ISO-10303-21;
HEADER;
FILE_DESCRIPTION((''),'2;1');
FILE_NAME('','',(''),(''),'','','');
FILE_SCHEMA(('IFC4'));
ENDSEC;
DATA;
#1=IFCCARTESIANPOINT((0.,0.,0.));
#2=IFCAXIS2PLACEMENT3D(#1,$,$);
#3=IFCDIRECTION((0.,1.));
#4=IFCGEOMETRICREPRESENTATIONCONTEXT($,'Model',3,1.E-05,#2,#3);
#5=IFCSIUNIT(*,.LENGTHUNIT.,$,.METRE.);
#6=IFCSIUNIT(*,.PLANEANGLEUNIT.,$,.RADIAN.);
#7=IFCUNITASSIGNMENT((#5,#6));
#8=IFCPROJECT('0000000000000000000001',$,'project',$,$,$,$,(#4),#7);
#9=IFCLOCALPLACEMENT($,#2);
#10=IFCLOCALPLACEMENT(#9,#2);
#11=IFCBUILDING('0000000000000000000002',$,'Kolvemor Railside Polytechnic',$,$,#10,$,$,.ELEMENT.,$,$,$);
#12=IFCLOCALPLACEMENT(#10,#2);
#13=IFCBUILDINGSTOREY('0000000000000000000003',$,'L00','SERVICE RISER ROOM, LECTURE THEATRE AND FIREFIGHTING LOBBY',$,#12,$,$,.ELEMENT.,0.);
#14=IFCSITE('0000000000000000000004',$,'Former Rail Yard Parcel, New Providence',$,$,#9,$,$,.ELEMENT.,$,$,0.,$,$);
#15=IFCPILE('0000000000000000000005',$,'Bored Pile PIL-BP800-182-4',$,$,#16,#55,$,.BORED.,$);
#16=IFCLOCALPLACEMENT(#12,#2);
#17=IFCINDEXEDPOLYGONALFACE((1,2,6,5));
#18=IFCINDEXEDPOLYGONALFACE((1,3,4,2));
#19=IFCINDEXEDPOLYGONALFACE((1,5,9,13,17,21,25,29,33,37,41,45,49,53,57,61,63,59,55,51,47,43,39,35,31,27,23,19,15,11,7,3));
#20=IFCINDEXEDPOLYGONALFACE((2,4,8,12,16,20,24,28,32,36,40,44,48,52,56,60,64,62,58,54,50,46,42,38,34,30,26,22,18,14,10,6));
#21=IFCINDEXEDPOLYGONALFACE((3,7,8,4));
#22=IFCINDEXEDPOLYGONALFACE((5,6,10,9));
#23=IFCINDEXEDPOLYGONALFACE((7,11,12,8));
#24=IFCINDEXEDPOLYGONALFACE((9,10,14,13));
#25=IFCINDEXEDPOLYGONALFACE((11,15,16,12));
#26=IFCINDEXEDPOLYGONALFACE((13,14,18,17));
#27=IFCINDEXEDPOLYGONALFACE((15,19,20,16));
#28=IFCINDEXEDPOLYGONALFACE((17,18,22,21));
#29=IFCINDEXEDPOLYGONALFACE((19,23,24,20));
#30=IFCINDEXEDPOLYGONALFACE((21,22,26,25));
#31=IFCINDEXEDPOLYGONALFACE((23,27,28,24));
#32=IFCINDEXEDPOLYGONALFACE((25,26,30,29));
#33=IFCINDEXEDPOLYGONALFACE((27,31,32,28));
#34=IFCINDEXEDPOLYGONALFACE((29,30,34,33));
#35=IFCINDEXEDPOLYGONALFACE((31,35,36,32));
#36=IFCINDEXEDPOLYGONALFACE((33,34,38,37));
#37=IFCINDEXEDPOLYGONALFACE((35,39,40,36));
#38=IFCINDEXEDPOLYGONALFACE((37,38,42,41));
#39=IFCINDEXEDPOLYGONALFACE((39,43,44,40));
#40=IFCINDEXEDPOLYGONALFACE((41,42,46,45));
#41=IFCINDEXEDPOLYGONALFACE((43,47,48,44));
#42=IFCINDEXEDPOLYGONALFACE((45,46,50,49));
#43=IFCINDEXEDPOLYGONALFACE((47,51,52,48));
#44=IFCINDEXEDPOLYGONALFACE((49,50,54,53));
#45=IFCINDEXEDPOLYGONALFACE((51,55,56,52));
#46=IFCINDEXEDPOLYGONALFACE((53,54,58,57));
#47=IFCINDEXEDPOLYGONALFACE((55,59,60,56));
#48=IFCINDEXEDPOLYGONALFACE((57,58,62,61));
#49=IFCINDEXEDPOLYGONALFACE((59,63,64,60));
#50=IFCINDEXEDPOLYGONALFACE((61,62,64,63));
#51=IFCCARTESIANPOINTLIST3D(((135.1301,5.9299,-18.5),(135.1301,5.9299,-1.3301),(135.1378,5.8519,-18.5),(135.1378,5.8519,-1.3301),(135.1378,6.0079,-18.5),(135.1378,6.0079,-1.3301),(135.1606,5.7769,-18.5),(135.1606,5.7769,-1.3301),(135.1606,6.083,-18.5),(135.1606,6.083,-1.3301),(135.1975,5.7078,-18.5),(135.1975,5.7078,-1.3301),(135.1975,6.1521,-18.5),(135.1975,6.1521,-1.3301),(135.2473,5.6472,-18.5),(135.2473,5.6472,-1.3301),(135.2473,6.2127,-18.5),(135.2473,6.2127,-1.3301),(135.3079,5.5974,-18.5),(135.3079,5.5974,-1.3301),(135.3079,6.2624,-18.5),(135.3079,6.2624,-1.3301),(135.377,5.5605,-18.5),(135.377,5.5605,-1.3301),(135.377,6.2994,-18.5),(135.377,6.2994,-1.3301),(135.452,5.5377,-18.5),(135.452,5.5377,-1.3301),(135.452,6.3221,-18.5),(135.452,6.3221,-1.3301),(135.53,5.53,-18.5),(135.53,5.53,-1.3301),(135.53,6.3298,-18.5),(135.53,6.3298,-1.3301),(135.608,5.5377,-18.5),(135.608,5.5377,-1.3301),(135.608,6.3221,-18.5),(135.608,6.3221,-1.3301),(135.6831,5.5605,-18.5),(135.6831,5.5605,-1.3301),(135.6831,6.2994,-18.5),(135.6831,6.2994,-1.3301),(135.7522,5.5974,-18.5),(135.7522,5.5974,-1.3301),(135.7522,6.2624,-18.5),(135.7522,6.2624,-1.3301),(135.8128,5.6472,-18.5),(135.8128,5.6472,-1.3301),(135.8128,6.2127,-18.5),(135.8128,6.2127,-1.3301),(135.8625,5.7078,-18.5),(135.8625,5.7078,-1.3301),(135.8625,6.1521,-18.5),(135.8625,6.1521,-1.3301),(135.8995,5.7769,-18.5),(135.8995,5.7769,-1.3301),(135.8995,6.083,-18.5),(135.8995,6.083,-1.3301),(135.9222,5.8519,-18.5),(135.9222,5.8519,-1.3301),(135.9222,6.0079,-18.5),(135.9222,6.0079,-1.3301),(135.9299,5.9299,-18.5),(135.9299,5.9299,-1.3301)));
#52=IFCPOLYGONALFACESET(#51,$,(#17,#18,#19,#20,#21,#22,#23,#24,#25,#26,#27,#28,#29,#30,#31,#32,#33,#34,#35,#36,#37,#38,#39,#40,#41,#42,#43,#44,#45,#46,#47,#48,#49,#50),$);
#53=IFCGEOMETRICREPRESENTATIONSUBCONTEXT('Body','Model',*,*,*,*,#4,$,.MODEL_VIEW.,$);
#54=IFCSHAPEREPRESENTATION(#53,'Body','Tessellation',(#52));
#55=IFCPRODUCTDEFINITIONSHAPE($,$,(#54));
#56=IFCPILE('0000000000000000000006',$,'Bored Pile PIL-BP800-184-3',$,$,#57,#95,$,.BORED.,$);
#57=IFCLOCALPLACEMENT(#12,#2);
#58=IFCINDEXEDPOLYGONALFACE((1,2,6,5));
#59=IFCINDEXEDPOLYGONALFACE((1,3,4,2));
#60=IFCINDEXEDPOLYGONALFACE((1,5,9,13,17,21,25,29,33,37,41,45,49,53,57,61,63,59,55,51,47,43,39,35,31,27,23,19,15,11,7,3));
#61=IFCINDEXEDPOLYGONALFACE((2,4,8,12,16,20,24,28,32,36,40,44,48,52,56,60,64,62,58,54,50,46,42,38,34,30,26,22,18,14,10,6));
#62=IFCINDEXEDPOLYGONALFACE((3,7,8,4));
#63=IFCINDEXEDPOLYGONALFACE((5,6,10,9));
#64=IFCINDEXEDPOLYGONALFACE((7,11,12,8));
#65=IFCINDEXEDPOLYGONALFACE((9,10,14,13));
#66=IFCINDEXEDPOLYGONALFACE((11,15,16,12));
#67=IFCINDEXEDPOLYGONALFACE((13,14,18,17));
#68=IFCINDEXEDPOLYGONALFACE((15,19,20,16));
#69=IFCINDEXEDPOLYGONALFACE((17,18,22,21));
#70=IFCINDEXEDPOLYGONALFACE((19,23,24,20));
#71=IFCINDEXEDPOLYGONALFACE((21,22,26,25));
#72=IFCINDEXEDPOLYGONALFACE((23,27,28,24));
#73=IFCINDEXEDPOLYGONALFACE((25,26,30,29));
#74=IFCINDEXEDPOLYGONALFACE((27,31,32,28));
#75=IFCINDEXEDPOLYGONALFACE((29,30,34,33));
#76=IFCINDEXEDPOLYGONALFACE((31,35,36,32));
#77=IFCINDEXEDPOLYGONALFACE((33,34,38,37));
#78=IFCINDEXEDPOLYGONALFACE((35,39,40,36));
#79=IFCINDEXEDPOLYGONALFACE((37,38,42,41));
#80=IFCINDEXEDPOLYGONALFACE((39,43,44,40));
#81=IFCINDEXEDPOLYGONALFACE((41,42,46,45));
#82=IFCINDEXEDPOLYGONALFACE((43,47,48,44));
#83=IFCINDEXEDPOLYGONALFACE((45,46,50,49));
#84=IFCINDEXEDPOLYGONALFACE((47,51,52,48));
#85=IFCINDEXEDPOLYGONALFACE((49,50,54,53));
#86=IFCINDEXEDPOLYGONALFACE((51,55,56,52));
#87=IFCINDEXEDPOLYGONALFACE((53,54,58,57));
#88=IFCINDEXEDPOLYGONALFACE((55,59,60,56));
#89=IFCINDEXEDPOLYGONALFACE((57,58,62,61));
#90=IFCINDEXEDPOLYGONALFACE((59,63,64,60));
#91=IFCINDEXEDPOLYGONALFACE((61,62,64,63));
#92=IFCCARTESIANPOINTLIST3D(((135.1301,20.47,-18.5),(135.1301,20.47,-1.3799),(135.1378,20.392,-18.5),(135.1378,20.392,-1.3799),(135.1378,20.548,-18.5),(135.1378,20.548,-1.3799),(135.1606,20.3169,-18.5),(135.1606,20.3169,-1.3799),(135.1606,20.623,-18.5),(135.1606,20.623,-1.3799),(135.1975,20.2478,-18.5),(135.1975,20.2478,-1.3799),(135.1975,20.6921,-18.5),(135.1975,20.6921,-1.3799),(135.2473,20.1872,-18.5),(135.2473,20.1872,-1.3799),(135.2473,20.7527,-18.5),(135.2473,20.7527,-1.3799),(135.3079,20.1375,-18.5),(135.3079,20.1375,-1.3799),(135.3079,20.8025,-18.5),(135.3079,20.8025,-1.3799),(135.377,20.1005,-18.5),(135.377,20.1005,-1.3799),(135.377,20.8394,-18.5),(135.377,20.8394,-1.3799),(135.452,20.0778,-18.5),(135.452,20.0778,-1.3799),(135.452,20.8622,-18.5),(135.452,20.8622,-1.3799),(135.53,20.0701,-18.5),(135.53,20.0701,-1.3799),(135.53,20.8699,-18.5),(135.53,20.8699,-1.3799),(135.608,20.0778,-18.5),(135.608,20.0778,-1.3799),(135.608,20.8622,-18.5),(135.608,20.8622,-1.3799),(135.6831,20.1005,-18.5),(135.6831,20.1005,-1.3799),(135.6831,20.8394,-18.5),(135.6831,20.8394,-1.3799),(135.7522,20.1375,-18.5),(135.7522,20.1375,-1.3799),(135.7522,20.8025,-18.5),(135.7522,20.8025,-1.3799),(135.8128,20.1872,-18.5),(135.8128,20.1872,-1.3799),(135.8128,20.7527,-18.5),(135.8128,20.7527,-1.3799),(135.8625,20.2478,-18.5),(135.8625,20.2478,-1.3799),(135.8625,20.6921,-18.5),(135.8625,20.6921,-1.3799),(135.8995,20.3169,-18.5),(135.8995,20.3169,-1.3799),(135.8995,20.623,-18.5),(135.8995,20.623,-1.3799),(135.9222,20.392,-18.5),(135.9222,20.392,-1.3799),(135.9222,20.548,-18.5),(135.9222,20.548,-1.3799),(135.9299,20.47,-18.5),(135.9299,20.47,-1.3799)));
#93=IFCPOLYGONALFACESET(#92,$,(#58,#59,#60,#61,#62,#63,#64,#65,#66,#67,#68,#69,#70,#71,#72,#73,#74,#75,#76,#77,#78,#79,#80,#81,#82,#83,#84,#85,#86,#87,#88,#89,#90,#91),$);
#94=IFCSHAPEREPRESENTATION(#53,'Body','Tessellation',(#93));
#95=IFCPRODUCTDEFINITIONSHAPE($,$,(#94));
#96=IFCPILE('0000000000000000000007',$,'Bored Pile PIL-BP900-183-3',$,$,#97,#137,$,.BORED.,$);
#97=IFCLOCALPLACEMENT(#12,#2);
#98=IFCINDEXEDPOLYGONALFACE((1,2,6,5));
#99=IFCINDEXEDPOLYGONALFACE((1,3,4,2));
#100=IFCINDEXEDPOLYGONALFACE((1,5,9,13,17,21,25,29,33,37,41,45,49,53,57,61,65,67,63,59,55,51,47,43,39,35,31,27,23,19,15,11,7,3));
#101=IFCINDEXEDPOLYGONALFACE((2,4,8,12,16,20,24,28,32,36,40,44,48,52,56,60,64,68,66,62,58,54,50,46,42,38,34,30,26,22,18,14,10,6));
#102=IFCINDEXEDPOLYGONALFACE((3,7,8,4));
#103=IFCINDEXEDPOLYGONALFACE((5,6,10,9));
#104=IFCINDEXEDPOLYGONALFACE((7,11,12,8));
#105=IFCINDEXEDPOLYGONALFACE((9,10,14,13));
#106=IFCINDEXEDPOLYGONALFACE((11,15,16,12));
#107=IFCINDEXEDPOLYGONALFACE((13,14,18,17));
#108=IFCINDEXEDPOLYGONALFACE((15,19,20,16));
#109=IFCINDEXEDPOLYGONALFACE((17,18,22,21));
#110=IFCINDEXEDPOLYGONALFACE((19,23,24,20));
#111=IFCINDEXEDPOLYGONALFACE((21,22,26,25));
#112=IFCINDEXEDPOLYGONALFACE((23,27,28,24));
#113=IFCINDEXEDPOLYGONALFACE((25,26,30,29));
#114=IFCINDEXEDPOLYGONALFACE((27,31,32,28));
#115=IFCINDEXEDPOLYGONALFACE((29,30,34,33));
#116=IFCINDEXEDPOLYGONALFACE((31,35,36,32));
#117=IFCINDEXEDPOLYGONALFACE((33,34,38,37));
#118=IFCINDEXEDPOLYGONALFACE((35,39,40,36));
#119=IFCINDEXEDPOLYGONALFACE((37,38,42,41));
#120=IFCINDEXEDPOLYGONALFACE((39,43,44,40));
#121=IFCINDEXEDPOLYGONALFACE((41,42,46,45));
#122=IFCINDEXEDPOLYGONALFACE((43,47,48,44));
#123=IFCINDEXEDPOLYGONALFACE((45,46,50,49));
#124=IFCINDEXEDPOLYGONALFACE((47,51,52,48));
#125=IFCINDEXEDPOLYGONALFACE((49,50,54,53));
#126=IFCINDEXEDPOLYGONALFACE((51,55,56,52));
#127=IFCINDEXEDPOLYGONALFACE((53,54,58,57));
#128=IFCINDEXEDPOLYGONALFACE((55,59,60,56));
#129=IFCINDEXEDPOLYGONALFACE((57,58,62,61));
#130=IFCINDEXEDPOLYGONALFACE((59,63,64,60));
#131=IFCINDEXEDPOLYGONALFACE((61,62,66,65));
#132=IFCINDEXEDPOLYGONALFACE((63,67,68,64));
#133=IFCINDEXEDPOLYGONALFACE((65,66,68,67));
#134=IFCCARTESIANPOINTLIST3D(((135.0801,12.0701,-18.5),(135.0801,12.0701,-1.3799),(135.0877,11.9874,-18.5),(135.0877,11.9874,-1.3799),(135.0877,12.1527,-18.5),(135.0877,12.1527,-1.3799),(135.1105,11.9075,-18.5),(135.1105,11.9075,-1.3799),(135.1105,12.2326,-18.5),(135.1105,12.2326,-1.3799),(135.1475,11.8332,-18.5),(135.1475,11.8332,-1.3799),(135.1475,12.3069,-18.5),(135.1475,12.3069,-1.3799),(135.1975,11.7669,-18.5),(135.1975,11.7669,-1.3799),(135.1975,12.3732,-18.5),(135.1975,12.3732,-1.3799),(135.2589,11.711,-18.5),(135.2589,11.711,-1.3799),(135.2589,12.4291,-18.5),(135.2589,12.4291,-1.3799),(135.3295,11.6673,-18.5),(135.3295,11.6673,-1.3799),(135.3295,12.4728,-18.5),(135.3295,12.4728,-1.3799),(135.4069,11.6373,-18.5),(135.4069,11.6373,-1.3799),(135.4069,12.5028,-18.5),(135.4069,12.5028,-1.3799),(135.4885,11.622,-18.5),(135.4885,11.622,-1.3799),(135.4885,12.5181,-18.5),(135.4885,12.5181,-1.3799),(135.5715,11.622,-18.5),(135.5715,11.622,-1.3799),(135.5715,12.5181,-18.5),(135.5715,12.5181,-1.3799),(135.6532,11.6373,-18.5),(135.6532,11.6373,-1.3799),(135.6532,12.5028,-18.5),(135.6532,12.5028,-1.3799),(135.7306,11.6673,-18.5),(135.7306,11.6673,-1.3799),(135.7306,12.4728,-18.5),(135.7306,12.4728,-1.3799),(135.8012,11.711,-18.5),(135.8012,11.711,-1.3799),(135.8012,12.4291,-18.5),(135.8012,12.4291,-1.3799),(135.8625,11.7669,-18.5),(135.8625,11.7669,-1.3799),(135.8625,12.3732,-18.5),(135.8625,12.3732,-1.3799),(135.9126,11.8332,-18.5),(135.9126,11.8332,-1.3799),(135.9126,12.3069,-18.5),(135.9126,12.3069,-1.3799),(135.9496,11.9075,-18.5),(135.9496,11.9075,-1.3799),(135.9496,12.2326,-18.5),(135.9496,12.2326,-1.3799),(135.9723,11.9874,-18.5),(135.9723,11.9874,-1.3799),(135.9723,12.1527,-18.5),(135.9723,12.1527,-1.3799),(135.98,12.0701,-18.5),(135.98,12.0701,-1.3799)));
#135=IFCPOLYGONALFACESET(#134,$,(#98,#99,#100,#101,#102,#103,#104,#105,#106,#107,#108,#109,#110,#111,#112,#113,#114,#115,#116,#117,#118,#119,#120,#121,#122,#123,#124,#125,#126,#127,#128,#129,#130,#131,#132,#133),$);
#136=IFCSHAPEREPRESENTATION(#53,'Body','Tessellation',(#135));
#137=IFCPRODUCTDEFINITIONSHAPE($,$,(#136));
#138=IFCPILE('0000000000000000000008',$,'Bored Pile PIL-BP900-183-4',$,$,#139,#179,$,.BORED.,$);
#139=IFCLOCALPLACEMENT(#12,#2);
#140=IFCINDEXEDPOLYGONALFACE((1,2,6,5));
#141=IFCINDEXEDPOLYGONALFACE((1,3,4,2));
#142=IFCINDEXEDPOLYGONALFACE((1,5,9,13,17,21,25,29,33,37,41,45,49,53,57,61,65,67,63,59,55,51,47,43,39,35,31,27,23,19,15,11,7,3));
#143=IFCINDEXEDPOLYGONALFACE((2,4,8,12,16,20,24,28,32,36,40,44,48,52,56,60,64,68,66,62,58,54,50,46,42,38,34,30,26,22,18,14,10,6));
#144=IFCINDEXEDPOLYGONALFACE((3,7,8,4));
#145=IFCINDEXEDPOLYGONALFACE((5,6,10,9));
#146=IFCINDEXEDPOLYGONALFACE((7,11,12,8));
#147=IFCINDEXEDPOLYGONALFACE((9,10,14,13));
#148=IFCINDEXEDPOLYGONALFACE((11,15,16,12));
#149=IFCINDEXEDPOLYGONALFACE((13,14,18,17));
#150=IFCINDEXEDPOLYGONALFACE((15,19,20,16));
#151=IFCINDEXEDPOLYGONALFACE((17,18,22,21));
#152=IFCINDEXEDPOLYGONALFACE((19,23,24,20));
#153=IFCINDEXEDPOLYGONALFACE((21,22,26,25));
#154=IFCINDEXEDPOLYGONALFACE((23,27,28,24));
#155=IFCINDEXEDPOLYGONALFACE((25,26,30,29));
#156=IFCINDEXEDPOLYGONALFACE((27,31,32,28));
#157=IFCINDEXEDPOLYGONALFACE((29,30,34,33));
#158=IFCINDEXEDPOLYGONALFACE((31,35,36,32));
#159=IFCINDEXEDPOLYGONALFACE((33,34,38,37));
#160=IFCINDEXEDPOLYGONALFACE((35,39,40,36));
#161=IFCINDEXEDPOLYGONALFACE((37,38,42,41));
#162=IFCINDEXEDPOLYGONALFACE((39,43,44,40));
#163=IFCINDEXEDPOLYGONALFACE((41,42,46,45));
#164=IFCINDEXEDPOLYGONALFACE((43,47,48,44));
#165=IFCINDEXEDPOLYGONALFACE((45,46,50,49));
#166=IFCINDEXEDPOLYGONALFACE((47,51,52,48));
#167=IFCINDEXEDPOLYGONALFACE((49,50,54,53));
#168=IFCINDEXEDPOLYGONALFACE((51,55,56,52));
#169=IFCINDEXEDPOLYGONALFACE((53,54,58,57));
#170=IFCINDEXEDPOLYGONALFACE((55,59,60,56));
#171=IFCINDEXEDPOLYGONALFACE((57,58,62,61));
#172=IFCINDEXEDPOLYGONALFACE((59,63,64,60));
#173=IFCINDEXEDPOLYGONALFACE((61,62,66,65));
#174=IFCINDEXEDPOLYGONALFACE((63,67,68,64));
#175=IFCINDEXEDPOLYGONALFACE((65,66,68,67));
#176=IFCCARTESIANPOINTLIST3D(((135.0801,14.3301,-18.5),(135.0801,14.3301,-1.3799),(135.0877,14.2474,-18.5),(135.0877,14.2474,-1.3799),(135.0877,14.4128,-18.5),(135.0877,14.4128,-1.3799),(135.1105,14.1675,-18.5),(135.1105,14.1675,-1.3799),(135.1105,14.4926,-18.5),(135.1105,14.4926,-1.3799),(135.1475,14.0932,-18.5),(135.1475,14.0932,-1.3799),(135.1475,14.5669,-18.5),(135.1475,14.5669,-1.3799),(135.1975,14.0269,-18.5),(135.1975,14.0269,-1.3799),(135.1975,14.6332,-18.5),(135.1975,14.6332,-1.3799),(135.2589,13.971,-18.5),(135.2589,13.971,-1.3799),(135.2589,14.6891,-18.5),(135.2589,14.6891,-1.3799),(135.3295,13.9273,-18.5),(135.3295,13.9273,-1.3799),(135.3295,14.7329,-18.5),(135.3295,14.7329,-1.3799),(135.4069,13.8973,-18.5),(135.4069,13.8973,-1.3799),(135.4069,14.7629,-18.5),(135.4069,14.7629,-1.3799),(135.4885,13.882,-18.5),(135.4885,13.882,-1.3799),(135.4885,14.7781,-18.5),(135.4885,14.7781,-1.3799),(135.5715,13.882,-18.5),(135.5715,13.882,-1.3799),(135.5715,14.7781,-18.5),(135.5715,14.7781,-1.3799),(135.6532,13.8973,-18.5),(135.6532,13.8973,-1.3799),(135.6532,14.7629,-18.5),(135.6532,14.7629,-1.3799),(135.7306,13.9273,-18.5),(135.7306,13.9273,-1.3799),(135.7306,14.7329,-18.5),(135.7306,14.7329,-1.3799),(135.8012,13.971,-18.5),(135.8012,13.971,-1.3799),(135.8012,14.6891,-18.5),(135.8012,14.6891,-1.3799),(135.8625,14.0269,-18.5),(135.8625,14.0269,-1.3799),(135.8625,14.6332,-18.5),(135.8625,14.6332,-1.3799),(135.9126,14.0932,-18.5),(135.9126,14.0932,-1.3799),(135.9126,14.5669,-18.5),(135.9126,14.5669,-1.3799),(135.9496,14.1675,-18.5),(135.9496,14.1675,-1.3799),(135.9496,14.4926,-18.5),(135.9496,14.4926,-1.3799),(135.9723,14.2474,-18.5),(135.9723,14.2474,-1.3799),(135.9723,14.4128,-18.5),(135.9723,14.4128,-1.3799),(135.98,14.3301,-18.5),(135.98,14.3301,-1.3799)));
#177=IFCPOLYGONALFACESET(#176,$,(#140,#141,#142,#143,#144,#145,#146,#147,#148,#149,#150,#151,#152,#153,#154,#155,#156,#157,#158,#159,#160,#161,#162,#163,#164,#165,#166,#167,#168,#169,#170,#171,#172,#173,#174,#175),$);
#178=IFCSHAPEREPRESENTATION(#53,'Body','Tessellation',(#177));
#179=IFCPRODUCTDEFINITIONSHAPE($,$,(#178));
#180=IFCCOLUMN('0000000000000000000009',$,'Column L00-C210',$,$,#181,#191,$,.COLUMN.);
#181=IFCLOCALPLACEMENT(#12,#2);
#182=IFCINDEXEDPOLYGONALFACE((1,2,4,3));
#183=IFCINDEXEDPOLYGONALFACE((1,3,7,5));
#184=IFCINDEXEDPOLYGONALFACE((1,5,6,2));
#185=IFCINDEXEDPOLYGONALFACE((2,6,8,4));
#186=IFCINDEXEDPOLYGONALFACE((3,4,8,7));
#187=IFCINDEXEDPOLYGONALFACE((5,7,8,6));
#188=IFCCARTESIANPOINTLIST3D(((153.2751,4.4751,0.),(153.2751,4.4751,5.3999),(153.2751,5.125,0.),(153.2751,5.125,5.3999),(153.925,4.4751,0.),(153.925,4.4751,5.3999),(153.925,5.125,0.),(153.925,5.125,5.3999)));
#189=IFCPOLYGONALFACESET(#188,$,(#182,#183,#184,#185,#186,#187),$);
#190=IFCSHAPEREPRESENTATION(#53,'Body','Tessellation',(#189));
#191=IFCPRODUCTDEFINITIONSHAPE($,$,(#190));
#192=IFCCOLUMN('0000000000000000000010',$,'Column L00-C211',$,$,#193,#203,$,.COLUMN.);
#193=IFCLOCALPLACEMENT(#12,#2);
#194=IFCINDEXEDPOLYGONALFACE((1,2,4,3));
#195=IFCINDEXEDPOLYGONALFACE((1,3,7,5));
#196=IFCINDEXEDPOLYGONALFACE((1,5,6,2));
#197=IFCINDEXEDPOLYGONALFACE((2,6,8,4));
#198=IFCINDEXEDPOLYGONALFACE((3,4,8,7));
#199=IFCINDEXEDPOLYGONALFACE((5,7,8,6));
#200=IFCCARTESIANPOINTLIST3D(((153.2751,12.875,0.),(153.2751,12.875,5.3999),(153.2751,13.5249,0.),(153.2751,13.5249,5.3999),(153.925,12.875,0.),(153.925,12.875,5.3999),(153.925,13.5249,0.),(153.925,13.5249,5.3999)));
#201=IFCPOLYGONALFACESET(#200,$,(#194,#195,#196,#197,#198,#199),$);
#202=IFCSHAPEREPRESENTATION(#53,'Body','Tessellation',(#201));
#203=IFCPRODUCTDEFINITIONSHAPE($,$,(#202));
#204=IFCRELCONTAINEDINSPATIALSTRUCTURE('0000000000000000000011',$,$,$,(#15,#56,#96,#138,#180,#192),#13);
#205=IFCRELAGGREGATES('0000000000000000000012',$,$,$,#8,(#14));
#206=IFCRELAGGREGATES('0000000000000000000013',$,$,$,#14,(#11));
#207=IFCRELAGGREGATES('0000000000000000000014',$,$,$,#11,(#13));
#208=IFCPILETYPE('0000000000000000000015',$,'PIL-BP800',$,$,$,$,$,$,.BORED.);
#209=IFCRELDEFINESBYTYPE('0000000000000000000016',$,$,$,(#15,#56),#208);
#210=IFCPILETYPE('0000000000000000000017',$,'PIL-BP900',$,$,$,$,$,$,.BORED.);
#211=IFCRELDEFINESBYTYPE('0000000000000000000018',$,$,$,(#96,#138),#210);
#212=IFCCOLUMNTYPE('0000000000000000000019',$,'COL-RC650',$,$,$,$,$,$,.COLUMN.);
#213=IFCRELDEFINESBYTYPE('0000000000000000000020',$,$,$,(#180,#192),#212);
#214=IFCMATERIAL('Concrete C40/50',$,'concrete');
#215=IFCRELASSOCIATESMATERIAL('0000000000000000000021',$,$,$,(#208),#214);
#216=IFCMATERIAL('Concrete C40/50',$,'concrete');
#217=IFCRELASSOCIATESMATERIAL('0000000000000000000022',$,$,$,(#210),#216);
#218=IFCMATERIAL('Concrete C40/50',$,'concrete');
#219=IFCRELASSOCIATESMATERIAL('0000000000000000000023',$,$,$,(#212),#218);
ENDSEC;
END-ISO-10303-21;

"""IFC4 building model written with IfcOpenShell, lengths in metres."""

from ifc_helpers import new_model, si_unit, direction, frame, origin, origin_2d, place, context, subcontext, project, spatial, rectangle, circle, extrude, material, material_profile, profile_set, type_object, element, save


model = new_model("IFC4")

# Units and contexts
model_context = context("Model", 3, precision=1e-05, world=origin(), true_north=direction((0.0, 1.0)))
body_context = subcontext(model_context, "Body", "Model", "MODEL_VIEW")
ifc_project = project(units=[si_unit("LENGTHUNIT", "METRE"), si_unit("PLANEANGLEUNIT", "RADIAN")], contexts=[model_context])

# Site, building, storey
site_placement = place(None, origin())
site = spatial("IfcSite", under=ifc_project, at=site_placement, Name="Former Rail Yard Parcel, New Providence", CompositionType="ELEMENT", RefElevation=0.0)
building_placement = place(site_placement, origin())
building = spatial("IfcBuilding", under=site, at=building_placement, Name="Kolvemor Railside Polytechnic", CompositionType="ELEMENT")
storey_placement = place(building_placement, origin())
storey = spatial("IfcBuildingStorey", under=building, at=storey_placement, Name="L00", Description="SERVICE RISER ROOM, LECTURE THEATRE AND FIREFIGHTING LOBBY", CompositionType="ELEMENT", Elevation=0.0)

# Piles
ifc_material_1 = material(Name="Concrete C40/50", Category="concrete")
ifc_material_profile_1 = material_profile(ifc_material_1, circle(Radius=0.3999, at=origin_2d()), Name="BP800")
ifc_profile_set_1 = profile_set([ifc_material_profile_1], Name="Concrete C40/50")
pile_type_1 = type_object("IfcPileType", Name="PIL-BP800", PredefinedType="BORED", material=ifc_profile_set_1)
pile_1_placement = place(storey_placement, frame((135.53, 5.9299, -1.3301), z_axis=(0.0, 0.0, -1.0), x_axis=(1.0, 0.0, 0.0)))
element("IfcPile", 1, at=pile_1_placement, inside=storey, type_object=pile_type_1, Name="Bored Pile PIL-BP800-182-4", PredefinedType="BORED", context=body_context, shape_type="SweptSolid", body=[
    extrude(circle(Radius=0.3999, at=origin_2d()), origin(), (0.0, 0.0, 1.0), 17.1699),
])
pile_2_placement = place(storey_placement, frame((135.53, 20.47, -1.3799), z_axis=(0.0, 0.0, -1.0), x_axis=(1.0, 0.0, 0.0)))
element("IfcPile", 2, at=pile_2_placement, inside=storey, type_object=pile_type_1, Name="Bored Pile PIL-BP800-184-3", PredefinedType="BORED", context=body_context, shape_type="SweptSolid", body=[
    extrude(circle(Radius=0.3999, at=origin_2d()), origin(), (0.0, 0.0, 1.0), 17.1201),
])
ifc_material_2 = material(Name="Concrete C40/50", Category="concrete")
ifc_material_profile_2 = material_profile(ifc_material_2, circle(Radius=0.45, at=origin_2d()), Name="BP900")
ifc_profile_set_2 = profile_set([ifc_material_profile_2], Name="Concrete C40/50")
pile_type_2 = type_object("IfcPileType", Name="PIL-BP900", PredefinedType="BORED", material=ifc_profile_set_2)
for number, where, z_axis, x_axis, name in (
    (3, (135.53, 12.0701, -1.3799), (0.0, 0.0, -1.0), (1.0, 0.0, 0.0), "Bored Pile PIL-BP900-183-3"),
    (4, (135.53, 14.3301, -1.3799), (0.0, 0.0, -1.0), (1.0, 0.0, 0.0), "Bored Pile PIL-BP900-183-4"),
):
    element("IfcPile", number, at=place(storey_placement, frame(where, z_axis=z_axis, x_axis=x_axis)), inside=storey, type_object=pile_type_2, Name=name, PredefinedType="BORED", context=body_context, shape_type="SweptSolid", body=[
        extrude(circle(Radius=0.45, at=origin_2d()), origin(), (0.0, 0.0, 1.0), 17.1201),
    ])

# Columns
ifc_material_3 = material(Name="Concrete C40/50", Category="concrete")
ifc_material_profile_3 = material_profile(ifc_material_3, rectangle(XDim=0.6499, YDim=0.6499, at=origin_2d()), Name="RC650x650")
ifc_profile_set_3 = profile_set([ifc_material_profile_3], Name="Concrete C40/50")
column_type_1 = type_object("IfcColumnType", Name="COL-RC650", PredefinedType="COLUMN", material=ifc_profile_set_3)
for number, where, z_axis, x_axis, name in (
    (5, (153.6001, 4.8, 0.0), (0.0, 0.0, 1.0), (1.0, 0.0, 0.0), "Column L00-C210"),
    (6, (153.6001, 13.2, 0.0), (0.0, 0.0, 1.0), (1.0, 0.0, 0.0), "Column L00-C211"),
):
    element("IfcColumn", number, at=place(storey_placement, frame(where, z_axis=z_axis, x_axis=x_axis)), inside=storey, type_object=column_type_1, Name=name, PredefinedType="COLUMN", context=body_context, shape_type="SweptSolid", body=[
        extrude(rectangle(XDim=0.6499, YDim=0.6499, at=origin_2d()), origin(), (0.0, 0.0, 1.0), 5.3999),
    ])

save(model, "model.ifc")
